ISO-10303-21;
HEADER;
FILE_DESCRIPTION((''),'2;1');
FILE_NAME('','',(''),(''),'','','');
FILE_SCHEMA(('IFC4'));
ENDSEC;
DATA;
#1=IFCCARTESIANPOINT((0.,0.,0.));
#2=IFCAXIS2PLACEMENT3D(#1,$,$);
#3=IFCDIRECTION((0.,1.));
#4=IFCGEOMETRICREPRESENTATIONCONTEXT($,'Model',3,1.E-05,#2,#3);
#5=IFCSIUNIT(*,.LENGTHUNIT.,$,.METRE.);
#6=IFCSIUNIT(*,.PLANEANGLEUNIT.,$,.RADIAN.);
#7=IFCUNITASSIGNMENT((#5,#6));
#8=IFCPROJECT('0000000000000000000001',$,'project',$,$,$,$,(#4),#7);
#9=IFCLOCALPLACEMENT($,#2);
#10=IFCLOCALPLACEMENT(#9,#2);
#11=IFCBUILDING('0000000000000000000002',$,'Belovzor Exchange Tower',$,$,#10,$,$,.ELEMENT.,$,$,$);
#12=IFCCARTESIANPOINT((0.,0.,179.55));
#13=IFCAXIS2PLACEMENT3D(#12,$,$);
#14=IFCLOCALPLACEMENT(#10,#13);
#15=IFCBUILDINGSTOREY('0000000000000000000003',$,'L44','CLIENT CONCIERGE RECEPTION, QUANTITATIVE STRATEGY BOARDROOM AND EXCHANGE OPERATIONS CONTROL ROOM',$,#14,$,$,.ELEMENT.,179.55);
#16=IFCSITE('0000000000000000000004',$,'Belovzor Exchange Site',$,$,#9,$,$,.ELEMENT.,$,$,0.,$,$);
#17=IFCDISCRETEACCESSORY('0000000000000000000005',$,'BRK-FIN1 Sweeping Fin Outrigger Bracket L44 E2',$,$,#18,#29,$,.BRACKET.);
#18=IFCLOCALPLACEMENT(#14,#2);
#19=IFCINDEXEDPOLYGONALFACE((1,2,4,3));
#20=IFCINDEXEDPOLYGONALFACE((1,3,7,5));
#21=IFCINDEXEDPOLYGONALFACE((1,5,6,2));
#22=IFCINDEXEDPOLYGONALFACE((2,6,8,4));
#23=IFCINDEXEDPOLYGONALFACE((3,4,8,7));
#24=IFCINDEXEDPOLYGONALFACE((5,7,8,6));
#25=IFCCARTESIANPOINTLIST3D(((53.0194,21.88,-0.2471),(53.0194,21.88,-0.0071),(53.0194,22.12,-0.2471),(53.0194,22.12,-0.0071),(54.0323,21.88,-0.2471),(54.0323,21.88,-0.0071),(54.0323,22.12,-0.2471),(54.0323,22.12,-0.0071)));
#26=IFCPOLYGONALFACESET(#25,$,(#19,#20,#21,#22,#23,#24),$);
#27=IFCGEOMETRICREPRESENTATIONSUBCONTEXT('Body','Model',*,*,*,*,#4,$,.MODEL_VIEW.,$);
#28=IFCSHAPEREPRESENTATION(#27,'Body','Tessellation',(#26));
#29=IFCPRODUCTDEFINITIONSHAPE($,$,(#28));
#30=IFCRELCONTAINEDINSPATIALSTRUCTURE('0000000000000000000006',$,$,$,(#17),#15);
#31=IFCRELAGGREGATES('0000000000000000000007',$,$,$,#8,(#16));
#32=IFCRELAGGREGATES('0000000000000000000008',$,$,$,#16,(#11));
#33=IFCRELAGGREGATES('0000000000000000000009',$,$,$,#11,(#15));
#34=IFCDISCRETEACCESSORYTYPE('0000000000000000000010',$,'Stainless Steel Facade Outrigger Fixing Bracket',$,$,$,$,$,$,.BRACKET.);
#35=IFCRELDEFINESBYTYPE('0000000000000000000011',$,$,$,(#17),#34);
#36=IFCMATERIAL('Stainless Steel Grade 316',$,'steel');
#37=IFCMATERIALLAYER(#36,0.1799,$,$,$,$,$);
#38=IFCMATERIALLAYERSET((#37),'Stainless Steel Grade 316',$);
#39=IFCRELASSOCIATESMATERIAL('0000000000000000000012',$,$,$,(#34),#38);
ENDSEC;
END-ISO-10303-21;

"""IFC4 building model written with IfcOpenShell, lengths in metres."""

from ifc_helpers import new_model, si_unit, direction, frame, origin, origin_2d, place, context, subcontext, project, spatial, rectangle, extrude, material, layer, layer_set, type_object, element, save


model = new_model("IFC4")

# Units and contexts
model_context = context("Model", 3, precision=1e-05, world=origin(), true_north=direction((0.0, 1.0)))
body_context = subcontext(model_context, "Body", "Model", "MODEL_VIEW")
ifc_project = project(units=[si_unit("LENGTHUNIT", "METRE"), si_unit("PLANEANGLEUNIT", "RADIAN")], contexts=[model_context])

# Site, building, storey
site_placement = place(None, origin())
site = spatial("IfcSite", under=ifc_project, at=site_placement, Name="Belovzor Exchange Site", CompositionType="ELEMENT", RefElevation=0.0)
building_placement = place(site_placement, origin())
building = spatial("IfcBuilding", under=site, at=building_placement, Name="Belovzor Exchange Tower", CompositionType="ELEMENT")
storey_placement = place(building_placement, frame((0.0, 0.0, 179.55)))
storey = spatial("IfcBuildingStorey", under=building, at=storey_placement, Name="L44", Description="CLIENT CONCIERGE RECEPTION, QUANTITATIVE STRATEGY BOARDROOM AND EXCHANGE OPERATIONS CONTROL ROOM", CompositionType="ELEMENT", Elevation=179.55)

# Discrete accessory
ifc_material_1 = material(Name="Stainless Steel Grade 316", Category="steel")
ifc_layer_1 = layer(ifc_material_1, 0.1799)
ifc_layer_set_1 = layer_set([ifc_layer_1], Name="Stainless Steel Grade 316")
discrete_accessory_type = type_object("IfcDiscreteAccessoryType", Name="Stainless Steel Facade Outrigger Fixing Bracket", PredefinedType="BRACKET", material=ifc_layer_set_1)
discrete_accessory_placement = place(storey_placement, frame((53.5259, 22.0, -0.2471), z_axis=(0.0, 0.0, 1.0), x_axis=(1.0, 0.0, 0.0)))
element("IfcDiscreteAccessory", 1, at=discrete_accessory_placement, inside=storey, type_object=discrete_accessory_type, Name="BRK-FIN1 Sweeping Fin Outrigger Bracket L44 E2", PredefinedType="BRACKET", context=body_context, shape_type="SweptSolid", body=[
    extrude(rectangle(XDim=1.0129, YDim=0.24, at=origin_2d()), origin(), (0.0, 0.0, 1.0), 0.24),
])

save(model, "model.ifc")
